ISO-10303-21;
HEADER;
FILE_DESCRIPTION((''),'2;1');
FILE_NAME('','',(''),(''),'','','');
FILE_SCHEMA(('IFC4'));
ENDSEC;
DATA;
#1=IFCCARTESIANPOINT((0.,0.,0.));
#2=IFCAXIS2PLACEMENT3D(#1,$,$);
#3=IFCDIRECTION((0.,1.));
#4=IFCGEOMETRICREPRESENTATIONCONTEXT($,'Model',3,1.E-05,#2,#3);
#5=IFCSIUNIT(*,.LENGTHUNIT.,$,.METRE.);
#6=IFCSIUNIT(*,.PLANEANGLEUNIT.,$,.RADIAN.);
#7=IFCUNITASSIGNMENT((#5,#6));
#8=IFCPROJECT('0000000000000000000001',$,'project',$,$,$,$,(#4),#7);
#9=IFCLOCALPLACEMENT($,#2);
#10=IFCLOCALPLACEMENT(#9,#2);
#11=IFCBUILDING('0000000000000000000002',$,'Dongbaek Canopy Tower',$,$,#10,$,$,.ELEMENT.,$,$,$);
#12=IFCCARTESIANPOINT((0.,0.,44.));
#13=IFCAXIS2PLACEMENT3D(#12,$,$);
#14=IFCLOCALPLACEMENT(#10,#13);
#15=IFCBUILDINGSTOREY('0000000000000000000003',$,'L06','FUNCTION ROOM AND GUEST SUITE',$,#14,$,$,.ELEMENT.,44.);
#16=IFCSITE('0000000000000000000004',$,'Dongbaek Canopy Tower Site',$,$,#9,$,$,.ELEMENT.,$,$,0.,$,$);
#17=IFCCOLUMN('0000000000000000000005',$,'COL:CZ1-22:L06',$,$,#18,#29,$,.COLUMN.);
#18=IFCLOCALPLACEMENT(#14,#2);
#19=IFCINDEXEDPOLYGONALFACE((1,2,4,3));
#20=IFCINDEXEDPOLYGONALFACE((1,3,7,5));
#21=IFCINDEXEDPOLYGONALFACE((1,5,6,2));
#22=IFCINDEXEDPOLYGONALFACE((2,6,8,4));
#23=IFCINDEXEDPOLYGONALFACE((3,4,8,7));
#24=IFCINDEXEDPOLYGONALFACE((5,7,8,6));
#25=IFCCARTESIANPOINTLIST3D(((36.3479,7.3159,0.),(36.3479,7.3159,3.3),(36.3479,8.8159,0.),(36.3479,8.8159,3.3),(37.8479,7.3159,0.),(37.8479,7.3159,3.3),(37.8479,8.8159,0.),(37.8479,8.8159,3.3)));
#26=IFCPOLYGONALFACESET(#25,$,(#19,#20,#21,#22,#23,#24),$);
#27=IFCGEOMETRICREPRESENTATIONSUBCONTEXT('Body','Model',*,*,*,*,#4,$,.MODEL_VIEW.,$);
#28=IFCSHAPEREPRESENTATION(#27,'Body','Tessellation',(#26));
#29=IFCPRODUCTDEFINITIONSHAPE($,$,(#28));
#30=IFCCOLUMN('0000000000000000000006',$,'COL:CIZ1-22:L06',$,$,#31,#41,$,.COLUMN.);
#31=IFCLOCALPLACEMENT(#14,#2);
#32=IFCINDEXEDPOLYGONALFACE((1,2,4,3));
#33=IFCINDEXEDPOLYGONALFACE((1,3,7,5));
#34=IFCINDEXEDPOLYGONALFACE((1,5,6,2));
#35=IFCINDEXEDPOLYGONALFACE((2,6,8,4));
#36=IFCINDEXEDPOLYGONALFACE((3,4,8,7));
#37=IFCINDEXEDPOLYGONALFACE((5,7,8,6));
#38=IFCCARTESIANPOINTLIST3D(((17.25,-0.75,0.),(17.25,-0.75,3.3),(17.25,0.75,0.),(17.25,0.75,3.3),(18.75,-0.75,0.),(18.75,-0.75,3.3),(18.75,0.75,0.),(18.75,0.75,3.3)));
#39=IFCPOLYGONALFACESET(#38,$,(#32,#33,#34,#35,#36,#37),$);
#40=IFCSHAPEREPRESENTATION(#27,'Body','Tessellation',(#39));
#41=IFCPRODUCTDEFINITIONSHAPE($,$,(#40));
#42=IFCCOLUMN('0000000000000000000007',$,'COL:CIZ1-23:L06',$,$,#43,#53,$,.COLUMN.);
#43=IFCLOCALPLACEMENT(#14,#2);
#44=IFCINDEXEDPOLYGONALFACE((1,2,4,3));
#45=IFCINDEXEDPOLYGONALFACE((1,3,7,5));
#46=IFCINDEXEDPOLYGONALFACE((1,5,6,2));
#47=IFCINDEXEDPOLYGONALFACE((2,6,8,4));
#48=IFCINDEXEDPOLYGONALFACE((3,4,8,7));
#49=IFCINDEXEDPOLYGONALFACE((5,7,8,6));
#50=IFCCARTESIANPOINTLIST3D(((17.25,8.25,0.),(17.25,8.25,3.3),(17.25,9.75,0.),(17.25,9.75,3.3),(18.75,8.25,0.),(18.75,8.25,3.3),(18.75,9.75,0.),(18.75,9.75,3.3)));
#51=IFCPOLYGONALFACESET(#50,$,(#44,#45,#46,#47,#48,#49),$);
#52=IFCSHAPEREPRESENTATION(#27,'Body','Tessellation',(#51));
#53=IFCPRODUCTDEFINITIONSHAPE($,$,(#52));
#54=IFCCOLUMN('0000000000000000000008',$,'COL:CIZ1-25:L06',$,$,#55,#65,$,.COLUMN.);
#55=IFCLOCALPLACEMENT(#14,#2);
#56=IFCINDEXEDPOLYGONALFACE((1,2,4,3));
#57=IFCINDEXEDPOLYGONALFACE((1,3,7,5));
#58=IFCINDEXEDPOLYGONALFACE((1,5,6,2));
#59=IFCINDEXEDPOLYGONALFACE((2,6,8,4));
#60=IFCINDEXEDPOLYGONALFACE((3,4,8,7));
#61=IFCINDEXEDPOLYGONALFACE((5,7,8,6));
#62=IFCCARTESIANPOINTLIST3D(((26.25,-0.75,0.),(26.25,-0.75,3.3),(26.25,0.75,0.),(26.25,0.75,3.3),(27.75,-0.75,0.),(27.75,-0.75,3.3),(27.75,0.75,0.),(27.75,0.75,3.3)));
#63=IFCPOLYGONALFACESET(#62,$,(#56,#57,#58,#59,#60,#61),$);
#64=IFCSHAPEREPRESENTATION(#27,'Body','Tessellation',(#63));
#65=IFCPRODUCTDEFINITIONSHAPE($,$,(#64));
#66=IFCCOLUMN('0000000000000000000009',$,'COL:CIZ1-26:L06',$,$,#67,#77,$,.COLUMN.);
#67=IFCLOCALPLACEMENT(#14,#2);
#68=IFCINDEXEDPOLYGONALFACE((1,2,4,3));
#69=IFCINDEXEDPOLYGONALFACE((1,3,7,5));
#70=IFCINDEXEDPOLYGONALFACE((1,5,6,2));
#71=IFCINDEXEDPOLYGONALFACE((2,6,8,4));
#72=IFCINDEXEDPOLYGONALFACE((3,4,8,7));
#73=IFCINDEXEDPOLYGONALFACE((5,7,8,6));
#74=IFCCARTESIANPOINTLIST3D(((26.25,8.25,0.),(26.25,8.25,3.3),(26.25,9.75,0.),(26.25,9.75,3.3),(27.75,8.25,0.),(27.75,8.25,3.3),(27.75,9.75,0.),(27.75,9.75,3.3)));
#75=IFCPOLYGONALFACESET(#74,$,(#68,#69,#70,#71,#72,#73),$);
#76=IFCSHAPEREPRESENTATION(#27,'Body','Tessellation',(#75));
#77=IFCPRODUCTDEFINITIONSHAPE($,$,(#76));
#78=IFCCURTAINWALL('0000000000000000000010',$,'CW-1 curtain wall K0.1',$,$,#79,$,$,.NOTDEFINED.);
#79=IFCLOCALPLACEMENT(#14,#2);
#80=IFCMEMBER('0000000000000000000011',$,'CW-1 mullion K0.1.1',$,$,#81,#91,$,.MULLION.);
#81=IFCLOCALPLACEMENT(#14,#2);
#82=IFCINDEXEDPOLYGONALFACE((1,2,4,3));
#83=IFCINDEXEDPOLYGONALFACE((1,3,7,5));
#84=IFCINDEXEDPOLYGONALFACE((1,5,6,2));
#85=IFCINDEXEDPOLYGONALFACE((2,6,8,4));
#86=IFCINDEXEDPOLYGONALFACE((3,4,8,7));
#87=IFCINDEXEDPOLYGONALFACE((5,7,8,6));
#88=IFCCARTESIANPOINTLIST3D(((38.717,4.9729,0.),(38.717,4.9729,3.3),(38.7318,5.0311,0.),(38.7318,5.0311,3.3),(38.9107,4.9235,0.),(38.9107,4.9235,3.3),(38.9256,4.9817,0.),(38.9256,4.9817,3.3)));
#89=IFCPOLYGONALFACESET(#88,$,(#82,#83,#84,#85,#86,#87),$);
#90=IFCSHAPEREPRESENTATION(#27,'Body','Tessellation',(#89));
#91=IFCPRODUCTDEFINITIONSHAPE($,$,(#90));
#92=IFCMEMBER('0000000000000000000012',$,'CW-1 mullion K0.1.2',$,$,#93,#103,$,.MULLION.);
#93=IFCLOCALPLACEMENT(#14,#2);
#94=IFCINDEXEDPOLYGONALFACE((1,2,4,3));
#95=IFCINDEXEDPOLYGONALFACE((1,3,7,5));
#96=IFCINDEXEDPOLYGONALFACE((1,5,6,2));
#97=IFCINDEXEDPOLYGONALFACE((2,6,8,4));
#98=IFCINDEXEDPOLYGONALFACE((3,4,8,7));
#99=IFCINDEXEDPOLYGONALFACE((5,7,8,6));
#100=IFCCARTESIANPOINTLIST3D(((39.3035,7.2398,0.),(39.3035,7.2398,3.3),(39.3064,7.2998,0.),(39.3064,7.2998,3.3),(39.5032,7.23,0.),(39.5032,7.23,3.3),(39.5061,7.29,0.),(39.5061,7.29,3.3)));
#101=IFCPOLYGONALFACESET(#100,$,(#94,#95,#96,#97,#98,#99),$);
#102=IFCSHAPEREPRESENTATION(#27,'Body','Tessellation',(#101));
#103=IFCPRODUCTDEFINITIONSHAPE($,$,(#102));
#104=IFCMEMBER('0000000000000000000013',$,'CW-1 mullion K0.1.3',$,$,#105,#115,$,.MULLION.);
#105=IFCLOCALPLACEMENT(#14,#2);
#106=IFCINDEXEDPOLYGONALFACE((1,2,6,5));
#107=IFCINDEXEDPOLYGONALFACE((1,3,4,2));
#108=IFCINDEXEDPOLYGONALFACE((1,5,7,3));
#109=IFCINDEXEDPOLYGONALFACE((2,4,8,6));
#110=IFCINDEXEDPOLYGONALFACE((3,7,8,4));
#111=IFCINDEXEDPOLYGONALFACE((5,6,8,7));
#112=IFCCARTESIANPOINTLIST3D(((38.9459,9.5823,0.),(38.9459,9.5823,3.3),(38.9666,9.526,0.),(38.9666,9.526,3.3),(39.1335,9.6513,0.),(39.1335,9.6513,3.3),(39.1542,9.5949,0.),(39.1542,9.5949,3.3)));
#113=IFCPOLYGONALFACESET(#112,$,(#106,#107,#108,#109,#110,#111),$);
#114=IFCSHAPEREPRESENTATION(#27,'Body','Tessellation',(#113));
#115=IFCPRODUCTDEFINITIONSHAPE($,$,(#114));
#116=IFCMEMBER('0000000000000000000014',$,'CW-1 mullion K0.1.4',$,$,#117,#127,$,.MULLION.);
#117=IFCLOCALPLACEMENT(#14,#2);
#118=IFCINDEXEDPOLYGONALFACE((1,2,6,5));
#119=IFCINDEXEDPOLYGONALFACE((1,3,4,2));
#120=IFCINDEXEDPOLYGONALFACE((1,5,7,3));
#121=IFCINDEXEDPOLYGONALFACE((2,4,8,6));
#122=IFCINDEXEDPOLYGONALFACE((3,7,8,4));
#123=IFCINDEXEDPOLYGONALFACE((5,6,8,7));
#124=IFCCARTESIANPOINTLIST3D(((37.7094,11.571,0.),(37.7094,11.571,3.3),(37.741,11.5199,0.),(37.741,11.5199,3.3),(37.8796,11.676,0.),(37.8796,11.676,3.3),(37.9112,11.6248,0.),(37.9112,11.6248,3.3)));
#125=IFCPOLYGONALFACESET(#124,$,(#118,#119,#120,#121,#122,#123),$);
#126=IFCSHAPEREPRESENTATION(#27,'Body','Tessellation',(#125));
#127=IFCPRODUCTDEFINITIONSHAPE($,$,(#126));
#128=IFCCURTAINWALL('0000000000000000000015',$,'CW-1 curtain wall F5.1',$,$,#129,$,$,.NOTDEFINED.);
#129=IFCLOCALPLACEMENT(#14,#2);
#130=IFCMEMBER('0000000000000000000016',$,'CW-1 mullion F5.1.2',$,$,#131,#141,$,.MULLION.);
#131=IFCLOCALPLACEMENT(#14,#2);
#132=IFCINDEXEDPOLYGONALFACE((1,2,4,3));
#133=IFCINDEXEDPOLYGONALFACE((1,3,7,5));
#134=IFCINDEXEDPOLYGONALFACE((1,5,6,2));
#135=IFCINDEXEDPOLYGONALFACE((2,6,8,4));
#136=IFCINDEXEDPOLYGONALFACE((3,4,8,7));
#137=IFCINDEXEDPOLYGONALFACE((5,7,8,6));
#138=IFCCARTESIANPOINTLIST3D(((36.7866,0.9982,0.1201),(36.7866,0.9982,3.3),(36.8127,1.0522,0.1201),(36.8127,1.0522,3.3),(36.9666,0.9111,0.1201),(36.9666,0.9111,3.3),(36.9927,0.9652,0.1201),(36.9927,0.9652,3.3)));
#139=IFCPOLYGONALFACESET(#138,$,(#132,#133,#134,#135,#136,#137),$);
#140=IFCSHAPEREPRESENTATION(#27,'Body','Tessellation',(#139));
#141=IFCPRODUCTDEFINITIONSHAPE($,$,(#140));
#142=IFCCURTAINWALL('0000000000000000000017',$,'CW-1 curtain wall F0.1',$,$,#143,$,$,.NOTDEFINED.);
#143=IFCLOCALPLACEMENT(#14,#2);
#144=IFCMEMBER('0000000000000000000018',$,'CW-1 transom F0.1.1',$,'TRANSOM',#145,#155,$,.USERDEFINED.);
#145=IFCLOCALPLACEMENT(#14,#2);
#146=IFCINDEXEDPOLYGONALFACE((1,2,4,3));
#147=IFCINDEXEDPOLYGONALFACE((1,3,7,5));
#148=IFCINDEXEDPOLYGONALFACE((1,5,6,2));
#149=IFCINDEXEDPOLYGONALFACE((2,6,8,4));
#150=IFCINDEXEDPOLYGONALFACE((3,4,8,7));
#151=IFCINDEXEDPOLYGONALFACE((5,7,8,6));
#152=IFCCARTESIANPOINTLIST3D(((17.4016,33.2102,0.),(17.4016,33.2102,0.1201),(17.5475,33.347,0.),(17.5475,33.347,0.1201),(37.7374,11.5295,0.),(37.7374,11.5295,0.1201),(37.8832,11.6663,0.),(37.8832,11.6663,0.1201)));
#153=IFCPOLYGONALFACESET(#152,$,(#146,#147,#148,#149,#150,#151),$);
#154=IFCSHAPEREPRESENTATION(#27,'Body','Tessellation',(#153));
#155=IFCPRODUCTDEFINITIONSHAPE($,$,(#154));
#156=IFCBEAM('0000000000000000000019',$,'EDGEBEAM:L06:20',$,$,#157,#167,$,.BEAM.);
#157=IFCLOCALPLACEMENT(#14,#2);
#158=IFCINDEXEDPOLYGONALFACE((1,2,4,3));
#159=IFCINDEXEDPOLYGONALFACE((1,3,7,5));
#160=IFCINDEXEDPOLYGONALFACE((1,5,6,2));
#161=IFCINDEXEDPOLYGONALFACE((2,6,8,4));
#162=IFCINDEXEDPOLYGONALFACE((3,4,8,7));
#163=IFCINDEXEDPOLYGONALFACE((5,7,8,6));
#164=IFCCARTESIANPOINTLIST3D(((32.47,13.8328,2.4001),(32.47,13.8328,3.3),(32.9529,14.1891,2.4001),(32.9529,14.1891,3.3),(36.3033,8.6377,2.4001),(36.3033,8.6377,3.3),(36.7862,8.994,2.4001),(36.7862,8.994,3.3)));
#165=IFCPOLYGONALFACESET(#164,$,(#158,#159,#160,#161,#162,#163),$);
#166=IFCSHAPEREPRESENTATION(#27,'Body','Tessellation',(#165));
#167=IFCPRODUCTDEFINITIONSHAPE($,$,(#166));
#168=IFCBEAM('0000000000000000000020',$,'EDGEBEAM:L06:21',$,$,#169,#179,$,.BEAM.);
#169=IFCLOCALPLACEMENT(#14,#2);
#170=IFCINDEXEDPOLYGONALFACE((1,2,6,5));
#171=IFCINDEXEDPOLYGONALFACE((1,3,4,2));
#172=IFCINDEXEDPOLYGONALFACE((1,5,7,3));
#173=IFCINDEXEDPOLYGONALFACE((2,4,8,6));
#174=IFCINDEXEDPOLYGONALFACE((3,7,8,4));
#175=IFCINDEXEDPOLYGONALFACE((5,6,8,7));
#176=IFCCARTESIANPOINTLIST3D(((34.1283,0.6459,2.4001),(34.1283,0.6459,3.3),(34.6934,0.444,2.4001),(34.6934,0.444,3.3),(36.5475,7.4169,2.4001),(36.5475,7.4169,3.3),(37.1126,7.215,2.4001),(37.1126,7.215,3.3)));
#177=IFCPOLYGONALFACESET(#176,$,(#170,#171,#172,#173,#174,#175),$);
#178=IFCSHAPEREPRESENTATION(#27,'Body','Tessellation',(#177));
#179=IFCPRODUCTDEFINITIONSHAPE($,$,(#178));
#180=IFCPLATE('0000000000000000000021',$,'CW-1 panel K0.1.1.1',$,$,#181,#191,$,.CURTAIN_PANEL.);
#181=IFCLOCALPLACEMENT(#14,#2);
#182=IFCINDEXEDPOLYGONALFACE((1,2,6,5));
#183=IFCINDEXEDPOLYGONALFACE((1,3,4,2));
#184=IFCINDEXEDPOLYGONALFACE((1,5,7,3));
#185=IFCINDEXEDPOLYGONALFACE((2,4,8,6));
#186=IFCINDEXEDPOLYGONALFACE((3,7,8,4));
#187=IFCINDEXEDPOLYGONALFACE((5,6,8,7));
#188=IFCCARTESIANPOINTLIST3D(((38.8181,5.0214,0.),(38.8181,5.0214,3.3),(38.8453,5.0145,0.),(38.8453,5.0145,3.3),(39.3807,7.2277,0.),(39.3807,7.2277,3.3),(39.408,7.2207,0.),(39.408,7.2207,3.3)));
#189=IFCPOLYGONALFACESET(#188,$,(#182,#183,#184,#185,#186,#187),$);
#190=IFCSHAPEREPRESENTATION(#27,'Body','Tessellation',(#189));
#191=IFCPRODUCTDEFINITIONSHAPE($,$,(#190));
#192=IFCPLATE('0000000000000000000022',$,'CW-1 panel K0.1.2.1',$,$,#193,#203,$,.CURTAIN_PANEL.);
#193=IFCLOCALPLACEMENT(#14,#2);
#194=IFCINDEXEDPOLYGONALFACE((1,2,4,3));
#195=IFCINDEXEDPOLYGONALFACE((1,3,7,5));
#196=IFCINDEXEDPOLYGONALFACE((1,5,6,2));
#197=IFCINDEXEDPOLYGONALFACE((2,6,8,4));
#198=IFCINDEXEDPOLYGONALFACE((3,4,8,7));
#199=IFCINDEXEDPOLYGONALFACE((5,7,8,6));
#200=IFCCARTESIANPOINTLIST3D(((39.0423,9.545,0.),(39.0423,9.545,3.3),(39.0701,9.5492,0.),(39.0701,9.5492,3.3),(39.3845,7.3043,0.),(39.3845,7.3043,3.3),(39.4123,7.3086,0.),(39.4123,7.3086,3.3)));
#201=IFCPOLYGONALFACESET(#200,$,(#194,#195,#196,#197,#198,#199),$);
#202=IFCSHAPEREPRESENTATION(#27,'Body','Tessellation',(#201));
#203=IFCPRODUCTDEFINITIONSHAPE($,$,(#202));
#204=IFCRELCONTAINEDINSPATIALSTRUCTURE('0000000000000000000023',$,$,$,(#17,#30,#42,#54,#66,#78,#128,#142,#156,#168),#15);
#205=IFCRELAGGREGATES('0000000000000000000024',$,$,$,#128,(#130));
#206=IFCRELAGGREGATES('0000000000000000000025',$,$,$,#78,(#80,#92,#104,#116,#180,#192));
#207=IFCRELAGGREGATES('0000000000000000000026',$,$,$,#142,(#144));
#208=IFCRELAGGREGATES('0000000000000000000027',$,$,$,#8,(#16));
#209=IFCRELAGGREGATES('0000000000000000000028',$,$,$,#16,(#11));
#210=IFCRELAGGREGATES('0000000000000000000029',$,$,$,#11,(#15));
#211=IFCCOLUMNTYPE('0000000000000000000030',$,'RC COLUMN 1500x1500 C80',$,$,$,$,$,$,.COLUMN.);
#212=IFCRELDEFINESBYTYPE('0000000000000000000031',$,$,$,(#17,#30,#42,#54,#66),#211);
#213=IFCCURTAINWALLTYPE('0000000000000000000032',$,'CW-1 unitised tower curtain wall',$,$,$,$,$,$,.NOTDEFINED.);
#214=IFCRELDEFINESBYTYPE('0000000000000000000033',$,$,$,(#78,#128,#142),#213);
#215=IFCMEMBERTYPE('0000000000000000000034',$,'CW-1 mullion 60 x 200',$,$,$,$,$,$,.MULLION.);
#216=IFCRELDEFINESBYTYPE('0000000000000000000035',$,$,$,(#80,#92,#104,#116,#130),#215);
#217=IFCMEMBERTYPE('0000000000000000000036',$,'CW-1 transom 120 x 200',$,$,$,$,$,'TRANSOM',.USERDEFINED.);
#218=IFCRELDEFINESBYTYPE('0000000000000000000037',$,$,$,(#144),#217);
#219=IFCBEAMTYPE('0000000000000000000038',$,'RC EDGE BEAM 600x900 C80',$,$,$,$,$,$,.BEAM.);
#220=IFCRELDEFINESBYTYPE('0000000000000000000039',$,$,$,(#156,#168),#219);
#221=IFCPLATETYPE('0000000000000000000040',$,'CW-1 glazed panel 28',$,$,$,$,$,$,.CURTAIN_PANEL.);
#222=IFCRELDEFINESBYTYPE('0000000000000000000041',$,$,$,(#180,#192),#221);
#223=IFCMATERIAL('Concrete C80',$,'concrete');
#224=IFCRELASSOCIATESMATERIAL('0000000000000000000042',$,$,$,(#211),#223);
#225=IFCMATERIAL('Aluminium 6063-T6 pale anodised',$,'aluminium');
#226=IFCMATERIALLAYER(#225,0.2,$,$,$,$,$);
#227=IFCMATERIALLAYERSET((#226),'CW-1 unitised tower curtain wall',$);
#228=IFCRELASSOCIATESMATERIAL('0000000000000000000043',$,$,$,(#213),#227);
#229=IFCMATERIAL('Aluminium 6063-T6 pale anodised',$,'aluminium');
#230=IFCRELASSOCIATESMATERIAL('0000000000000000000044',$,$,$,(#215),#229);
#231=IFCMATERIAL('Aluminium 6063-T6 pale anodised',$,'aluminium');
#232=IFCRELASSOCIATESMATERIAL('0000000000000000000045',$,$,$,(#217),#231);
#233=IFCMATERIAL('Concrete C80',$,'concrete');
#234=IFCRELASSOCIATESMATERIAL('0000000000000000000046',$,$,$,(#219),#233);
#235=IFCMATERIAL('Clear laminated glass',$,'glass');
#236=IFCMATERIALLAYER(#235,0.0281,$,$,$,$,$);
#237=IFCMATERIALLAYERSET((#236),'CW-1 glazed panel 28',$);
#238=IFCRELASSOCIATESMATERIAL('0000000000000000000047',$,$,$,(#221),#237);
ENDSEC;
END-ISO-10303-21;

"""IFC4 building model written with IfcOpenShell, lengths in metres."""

from ifc_helpers import new_model, si_unit, direction, frame, origin, origin_2d, place, context, subcontext, project, spatial, rectangle, extrude, material, layer, layer_set, material_profile, profile_set, type_object, element, aggregate, save


model = new_model("IFC4")

# Units and contexts
model_context = context("Model", 3, precision=1e-05, world=origin(), true_north=direction((0.0, 1.0)))
body_context = subcontext(model_context, "Body", "Model", "MODEL_VIEW")
ifc_project = project(units=[si_unit("LENGTHUNIT", "METRE"), si_unit("PLANEANGLEUNIT", "RADIAN")], contexts=[model_context])

# Site, building, storey
site_placement = place(None, origin())
site = spatial("IfcSite", under=ifc_project, at=site_placement, Name="Dongbaek Canopy Tower Site", CompositionType="ELEMENT", RefElevation=0.0)
building_placement = place(site_placement, origin())
building = spatial("IfcBuilding", under=site, at=building_placement, Name="Dongbaek Canopy Tower", CompositionType="ELEMENT")
storey_placement = place(building_placement, frame((0.0, 0.0, 44.0)))
storey = spatial("IfcBuildingStorey", under=building, at=storey_placement, Name="L06", Description="FUNCTION ROOM AND GUEST SUITE", CompositionType="ELEMENT", Elevation=44.0)

# Columns
ifc_material_1 = material(Name="Concrete C80", Category="concrete")
ifc_material_profile_1 = material_profile(ifc_material_1, rectangle(XDim=1.5, YDim=1.5, at=origin_2d()), Name="RC COLUMN 1500x1500 C80")
ifc_profile_set_1 = profile_set([ifc_material_profile_1], Name="Concrete C80")
column_type = type_object("IfcColumnType", Name="RC COLUMN 1500x1500 C80", PredefinedType="COLUMN", material=ifc_profile_set_1)
for number, where, z_axis, x_axis, name in (
    (1, (37.0979, 8.0659, 0.0), (0.0, 0.0, 1.0), (1.0, 0.0, 0.0), "COL:CZ1-22:L06"),
    (2, (18.0, 0.0, 0.0), (0.0, 0.0, 1.0), (1.0, 0.0, 0.0), "COL:CIZ1-22:L06"),
    (3, (18.0, 9.0, 0.0), (0.0, 0.0, 1.0), (1.0, 0.0, 0.0), "COL:CIZ1-23:L06"),
    (4, (27.0, 0.0, 0.0), (0.0, 0.0, 1.0), (1.0, 0.0, 0.0), "COL:CIZ1-25:L06"),
    (5, (27.0, 9.0, 0.0), (0.0, 0.0, 1.0), (1.0, 0.0, 0.0), "COL:CIZ1-26:L06"),
):
    element("IfcColumn", number, at=place(storey_placement, frame(where, z_axis=z_axis, x_axis=x_axis)), inside=storey, type_object=column_type, Name=name, PredefinedType="COLUMN", context=body_context, shape_type="SweptSolid", body=[
        extrude(rectangle(XDim=1.5, YDim=1.5, at=origin_2d()), origin(), (0.0, 0.0, 1.0), 3.3),
    ])

# Curtain wall, members
ifc_material_2 = material(Name="Aluminium 6063-T6 pale anodised", Category="aluminium")
ifc_layer_1 = layer(ifc_material_2, 0.2)
ifc_layer_set_1 = layer_set([ifc_layer_1], Name="CW-1 unitised tower curtain wall")
curtain_wall_type = type_object("IfcCurtainWallType", Name="CW-1 unitised tower curtain wall", PredefinedType="NOTDEFINED", material=ifc_layer_set_1)
curtain_wall_1_placement = place(storey_placement, origin())
curtain_wall_1 = element("IfcCurtainWall", 6, at=curtain_wall_1_placement, inside=storey, type_object=curtain_wall_type, Name="CW-1 curtain wall K0.1", PredefinedType="NOTDEFINED")
ifc_material_3 = material(Name="Aluminium 6063-T6 pale anodised", Category="aluminium")
ifc_material_profile_2 = material_profile(ifc_material_3, rectangle(XDim=0.2, YDim=0.0601, at=origin_2d()), Name="CW-1 mullion 60 x 200")
ifc_profile_set_2 = profile_set([ifc_material_profile_2], Name="Aluminium 6063-T6 pale anodised")
member_type_1 = type_object("IfcMemberType", Name="CW-1 mullion 60 x 200", PredefinedType="MULLION", material=ifc_profile_set_2)
member_1_placement = place(storey_placement, frame((38.8213, 4.9773, 0.0), z_axis=(0.0, 0.0, 1.0), x_axis=(0.968988, -0.247106, 0.0)))
member_1 = element("IfcMember", 7, at=member_1_placement, type_object=member_type_1, Name="CW-1 mullion K0.1.1", PredefinedType="MULLION", context=body_context, shape_type="SweptSolid", body=[
    extrude(rectangle(XDim=0.2, YDim=0.0601, at=origin_2d()), origin(), (0.0, 0.0, 1.0), 3.3),
])
member_2_placement = place(storey_placement, frame((39.4048, 7.2649, 0.0), z_axis=(0.0, 0.0, 1.0), x_axis=(0.998796, -0.049055, 0.0)))
member_2 = element("IfcMember", 8, at=member_2_placement, type_object=member_type_1, Name="CW-1 mullion K0.1.2", PredefinedType="MULLION", context=body_context, shape_type="SweptSolid", body=[
    extrude(rectangle(XDim=0.2, YDim=0.0601, at=origin_2d()), origin(), (0.0, 0.0, 1.0), 3.3),
])
member_3_placement = place(storey_placement, frame((39.05, 9.5886, 0.0), z_axis=(0.0, 0.0, 1.0), x_axis=(0.938629, 0.344927, 0.0)))
member_3 = element("IfcMember", 9, at=member_3_placement, type_object=member_type_1, Name="CW-1 mullion K0.1.3", PredefinedType="MULLION", context=body_context, shape_type="SweptSolid", body=[
    extrude(rectangle(XDim=0.2, YDim=0.0601, at=origin_2d()), origin(), (0.0, 0.0, 1.0), 3.3),
])
member_4_placement = place(storey_placement, frame((37.8103, 11.5979, 0.0), z_axis=(0.0, 0.0, 1.0), x_axis=(0.851069, 0.525054, 0.0)))
member_4 = element("IfcMember", 10, at=member_4_placement, type_object=member_type_1, Name="CW-1 mullion K0.1.4", PredefinedType="MULLION", context=body_context, shape_type="SweptSolid", body=[
    extrude(rectangle(XDim=0.2, YDim=0.0601, at=origin_2d()), origin(), (0.0, 0.0, 1.0), 3.3),
])

# Curtain walls, members
curtain_wall_2_placement = place(storey_placement, origin())
curtain_wall_2 = element("IfcCurtainWall", 11, at=curtain_wall_2_placement, inside=storey, type_object=curtain_wall_type, Name="CW-1 curtain wall F5.1", PredefinedType="NOTDEFINED")
member_5_placement = place(storey_placement, frame((36.8896, 0.9817, 0.1201), z_axis=(0.0, 0.0, 1.0), x_axis=(0.900312, -0.435245, 0.0)))
member_5 = element("IfcMember", 12, at=member_5_placement, type_object=member_type_1, Name="CW-1 mullion F5.1.2", PredefinedType="MULLION", context=body_context, shape_type="SweptSolid", body=[
    extrude(rectangle(XDim=0.2, YDim=0.0601, at=origin_2d()), origin(), (0.0, 0.0, 1.0), 3.1799),
])
curtain_wall_3_placement = place(storey_placement, origin())
curtain_wall_3 = element("IfcCurtainWall", 13, at=curtain_wall_3_placement, inside=storey, type_object=curtain_wall_type, Name="CW-1 curtain wall F0.1", PredefinedType="NOTDEFINED")
ifc_material_4 = material(Name="Aluminium 6063-T6 pale anodised", Category="aluminium")
ifc_material_profile_3 = material_profile(ifc_material_4, rectangle(XDim=0.2, YDim=0.1201, at=origin_2d()), Name="CW-1 transom 120 x 200")
ifc_profile_set_3 = profile_set([ifc_material_profile_3], Name="Aluminium 6063-T6 pale anodised")
member_type_2 = type_object("IfcMemberType", Name="CW-1 transom 120 x 200", ElementType="TRANSOM", PredefinedType="USERDEFINED", material=ifc_profile_set_3)
member_6_placement = place(storey_placement, frame((37.8103, 11.5979, 0.0601), z_axis=(-0.684121, 0.729368, 0.0), x_axis=(-0.729368, -0.684121, 0.0)))
member_6 = element("IfcMember", 14, at=member_6_placement, type_object=member_type_2, Name="CW-1 transom F0.1.1", ObjectType="TRANSOM", PredefinedType="USERDEFINED", context=body_context, shape_type="SweptSolid", body=[
    extrude(rectangle(XDim=0.2, YDim=0.1201, at=origin_2d()), origin(), (0.0, 0.0, 1.0), 29.7253),
])

# Beams
ifc_material_5 = material(Name="Concrete C80", Category="concrete")
ifc_material_profile_4 = material_profile(ifc_material_5, rectangle(XDim=0.6001, YDim=0.8999, at=origin_2d()), Name="RC EDGE BEAM 600x900 C80")
ifc_profile_set_4 = profile_set([ifc_material_profile_4], Name="Concrete C80")
beam_type = type_object("IfcBeamType", Name="RC EDGE BEAM 600x900 C80", PredefinedType="BEAM", material=ifc_profile_set_4)
beam_1_placement = place(storey_placement, frame((32.7114, 14.011, 2.8501), z_axis=(0.593732, -0.804663, 0.0), x_axis=(0.804663, 0.593732, 0.0)))
element("IfcBeam", 15, at=beam_1_placement, inside=storey, type_object=beam_type, Name="EDGEBEAM:L06:20", PredefinedType="BEAM", context=body_context, shape_type="SweptSolid", body=[
    extrude(rectangle(XDim=0.6001, YDim=0.8999, at=origin_2d()), origin(), (0.0, 0.0, 1.0), 6.4563),
])
beam_2_placement = place(storey_placement, frame((36.8301, 7.3159, 2.8501), z_axis=(-0.336457, -0.941699, 0.0), x_axis=(0.941699, -0.336457, 0.0)))
element("IfcBeam", 16, at=beam_2_placement, inside=storey, type_object=beam_type, Name="EDGEBEAM:L06:21", PredefinedType="BEAM", context=body_context, shape_type="SweptSolid", body=[
    extrude(rectangle(XDim=0.6001, YDim=0.8999, at=origin_2d()), origin(), (0.0, 0.0, 1.0), 7.1902),
])

# Plates
ifc_material_6 = material(Name="Clear laminated glass", Category="glass")
ifc_layer_2 = layer(ifc_material_6, 0.0281)
ifc_layer_set_2 = layer_set([ifc_layer_2], Name="CW-1 glazed panel 28")
plate_type = type_object("IfcPlateType", Name="CW-1 glazed panel 28", PredefinedType="CURTAIN_PANEL", material=ifc_layer_set_2)
plate_1_placement = place(storey_placement, frame((39.113, 6.1211, 0.0), z_axis=(0.0, 0.0, 1.0), x_axis=(0.247106, 0.968988, 0.0)))
plate_1 = element("IfcPlate", 17, at=plate_1_placement, type_object=plate_type, Name="CW-1 panel K0.1.1.1", PredefinedType="CURTAIN_PANEL", context=body_context, shape_type="SweptSolid", body=[
    extrude(rectangle(XDim=2.2769, YDim=0.0281, at=origin_2d()), origin(), (0.0, 0.0, 1.0), 3.3),
])
plate_2_placement = place(storey_placement, frame((39.2273, 8.4268, 0.0), z_axis=(0.0, 0.0, 1.0), x_axis=(-0.150964, 0.988539, 0.0)))
plate_2 = element("IfcPlate", 18, at=plate_2_placement, type_object=plate_type, Name="CW-1 panel K0.1.2.1", PredefinedType="CURTAIN_PANEL", context=body_context, shape_type="SweptSolid", body=[
    extrude(rectangle(XDim=2.2666, YDim=0.0281, at=origin_2d()), origin(), (0.0, 0.0, 1.0), 3.3),
])

aggregate(curtain_wall_2, [member_5])
aggregate(curtain_wall_1, [member_1, member_2, member_3, member_4, plate_1, plate_2])
aggregate(curtain_wall_3, [member_6])

save(model, "model.ifc")
